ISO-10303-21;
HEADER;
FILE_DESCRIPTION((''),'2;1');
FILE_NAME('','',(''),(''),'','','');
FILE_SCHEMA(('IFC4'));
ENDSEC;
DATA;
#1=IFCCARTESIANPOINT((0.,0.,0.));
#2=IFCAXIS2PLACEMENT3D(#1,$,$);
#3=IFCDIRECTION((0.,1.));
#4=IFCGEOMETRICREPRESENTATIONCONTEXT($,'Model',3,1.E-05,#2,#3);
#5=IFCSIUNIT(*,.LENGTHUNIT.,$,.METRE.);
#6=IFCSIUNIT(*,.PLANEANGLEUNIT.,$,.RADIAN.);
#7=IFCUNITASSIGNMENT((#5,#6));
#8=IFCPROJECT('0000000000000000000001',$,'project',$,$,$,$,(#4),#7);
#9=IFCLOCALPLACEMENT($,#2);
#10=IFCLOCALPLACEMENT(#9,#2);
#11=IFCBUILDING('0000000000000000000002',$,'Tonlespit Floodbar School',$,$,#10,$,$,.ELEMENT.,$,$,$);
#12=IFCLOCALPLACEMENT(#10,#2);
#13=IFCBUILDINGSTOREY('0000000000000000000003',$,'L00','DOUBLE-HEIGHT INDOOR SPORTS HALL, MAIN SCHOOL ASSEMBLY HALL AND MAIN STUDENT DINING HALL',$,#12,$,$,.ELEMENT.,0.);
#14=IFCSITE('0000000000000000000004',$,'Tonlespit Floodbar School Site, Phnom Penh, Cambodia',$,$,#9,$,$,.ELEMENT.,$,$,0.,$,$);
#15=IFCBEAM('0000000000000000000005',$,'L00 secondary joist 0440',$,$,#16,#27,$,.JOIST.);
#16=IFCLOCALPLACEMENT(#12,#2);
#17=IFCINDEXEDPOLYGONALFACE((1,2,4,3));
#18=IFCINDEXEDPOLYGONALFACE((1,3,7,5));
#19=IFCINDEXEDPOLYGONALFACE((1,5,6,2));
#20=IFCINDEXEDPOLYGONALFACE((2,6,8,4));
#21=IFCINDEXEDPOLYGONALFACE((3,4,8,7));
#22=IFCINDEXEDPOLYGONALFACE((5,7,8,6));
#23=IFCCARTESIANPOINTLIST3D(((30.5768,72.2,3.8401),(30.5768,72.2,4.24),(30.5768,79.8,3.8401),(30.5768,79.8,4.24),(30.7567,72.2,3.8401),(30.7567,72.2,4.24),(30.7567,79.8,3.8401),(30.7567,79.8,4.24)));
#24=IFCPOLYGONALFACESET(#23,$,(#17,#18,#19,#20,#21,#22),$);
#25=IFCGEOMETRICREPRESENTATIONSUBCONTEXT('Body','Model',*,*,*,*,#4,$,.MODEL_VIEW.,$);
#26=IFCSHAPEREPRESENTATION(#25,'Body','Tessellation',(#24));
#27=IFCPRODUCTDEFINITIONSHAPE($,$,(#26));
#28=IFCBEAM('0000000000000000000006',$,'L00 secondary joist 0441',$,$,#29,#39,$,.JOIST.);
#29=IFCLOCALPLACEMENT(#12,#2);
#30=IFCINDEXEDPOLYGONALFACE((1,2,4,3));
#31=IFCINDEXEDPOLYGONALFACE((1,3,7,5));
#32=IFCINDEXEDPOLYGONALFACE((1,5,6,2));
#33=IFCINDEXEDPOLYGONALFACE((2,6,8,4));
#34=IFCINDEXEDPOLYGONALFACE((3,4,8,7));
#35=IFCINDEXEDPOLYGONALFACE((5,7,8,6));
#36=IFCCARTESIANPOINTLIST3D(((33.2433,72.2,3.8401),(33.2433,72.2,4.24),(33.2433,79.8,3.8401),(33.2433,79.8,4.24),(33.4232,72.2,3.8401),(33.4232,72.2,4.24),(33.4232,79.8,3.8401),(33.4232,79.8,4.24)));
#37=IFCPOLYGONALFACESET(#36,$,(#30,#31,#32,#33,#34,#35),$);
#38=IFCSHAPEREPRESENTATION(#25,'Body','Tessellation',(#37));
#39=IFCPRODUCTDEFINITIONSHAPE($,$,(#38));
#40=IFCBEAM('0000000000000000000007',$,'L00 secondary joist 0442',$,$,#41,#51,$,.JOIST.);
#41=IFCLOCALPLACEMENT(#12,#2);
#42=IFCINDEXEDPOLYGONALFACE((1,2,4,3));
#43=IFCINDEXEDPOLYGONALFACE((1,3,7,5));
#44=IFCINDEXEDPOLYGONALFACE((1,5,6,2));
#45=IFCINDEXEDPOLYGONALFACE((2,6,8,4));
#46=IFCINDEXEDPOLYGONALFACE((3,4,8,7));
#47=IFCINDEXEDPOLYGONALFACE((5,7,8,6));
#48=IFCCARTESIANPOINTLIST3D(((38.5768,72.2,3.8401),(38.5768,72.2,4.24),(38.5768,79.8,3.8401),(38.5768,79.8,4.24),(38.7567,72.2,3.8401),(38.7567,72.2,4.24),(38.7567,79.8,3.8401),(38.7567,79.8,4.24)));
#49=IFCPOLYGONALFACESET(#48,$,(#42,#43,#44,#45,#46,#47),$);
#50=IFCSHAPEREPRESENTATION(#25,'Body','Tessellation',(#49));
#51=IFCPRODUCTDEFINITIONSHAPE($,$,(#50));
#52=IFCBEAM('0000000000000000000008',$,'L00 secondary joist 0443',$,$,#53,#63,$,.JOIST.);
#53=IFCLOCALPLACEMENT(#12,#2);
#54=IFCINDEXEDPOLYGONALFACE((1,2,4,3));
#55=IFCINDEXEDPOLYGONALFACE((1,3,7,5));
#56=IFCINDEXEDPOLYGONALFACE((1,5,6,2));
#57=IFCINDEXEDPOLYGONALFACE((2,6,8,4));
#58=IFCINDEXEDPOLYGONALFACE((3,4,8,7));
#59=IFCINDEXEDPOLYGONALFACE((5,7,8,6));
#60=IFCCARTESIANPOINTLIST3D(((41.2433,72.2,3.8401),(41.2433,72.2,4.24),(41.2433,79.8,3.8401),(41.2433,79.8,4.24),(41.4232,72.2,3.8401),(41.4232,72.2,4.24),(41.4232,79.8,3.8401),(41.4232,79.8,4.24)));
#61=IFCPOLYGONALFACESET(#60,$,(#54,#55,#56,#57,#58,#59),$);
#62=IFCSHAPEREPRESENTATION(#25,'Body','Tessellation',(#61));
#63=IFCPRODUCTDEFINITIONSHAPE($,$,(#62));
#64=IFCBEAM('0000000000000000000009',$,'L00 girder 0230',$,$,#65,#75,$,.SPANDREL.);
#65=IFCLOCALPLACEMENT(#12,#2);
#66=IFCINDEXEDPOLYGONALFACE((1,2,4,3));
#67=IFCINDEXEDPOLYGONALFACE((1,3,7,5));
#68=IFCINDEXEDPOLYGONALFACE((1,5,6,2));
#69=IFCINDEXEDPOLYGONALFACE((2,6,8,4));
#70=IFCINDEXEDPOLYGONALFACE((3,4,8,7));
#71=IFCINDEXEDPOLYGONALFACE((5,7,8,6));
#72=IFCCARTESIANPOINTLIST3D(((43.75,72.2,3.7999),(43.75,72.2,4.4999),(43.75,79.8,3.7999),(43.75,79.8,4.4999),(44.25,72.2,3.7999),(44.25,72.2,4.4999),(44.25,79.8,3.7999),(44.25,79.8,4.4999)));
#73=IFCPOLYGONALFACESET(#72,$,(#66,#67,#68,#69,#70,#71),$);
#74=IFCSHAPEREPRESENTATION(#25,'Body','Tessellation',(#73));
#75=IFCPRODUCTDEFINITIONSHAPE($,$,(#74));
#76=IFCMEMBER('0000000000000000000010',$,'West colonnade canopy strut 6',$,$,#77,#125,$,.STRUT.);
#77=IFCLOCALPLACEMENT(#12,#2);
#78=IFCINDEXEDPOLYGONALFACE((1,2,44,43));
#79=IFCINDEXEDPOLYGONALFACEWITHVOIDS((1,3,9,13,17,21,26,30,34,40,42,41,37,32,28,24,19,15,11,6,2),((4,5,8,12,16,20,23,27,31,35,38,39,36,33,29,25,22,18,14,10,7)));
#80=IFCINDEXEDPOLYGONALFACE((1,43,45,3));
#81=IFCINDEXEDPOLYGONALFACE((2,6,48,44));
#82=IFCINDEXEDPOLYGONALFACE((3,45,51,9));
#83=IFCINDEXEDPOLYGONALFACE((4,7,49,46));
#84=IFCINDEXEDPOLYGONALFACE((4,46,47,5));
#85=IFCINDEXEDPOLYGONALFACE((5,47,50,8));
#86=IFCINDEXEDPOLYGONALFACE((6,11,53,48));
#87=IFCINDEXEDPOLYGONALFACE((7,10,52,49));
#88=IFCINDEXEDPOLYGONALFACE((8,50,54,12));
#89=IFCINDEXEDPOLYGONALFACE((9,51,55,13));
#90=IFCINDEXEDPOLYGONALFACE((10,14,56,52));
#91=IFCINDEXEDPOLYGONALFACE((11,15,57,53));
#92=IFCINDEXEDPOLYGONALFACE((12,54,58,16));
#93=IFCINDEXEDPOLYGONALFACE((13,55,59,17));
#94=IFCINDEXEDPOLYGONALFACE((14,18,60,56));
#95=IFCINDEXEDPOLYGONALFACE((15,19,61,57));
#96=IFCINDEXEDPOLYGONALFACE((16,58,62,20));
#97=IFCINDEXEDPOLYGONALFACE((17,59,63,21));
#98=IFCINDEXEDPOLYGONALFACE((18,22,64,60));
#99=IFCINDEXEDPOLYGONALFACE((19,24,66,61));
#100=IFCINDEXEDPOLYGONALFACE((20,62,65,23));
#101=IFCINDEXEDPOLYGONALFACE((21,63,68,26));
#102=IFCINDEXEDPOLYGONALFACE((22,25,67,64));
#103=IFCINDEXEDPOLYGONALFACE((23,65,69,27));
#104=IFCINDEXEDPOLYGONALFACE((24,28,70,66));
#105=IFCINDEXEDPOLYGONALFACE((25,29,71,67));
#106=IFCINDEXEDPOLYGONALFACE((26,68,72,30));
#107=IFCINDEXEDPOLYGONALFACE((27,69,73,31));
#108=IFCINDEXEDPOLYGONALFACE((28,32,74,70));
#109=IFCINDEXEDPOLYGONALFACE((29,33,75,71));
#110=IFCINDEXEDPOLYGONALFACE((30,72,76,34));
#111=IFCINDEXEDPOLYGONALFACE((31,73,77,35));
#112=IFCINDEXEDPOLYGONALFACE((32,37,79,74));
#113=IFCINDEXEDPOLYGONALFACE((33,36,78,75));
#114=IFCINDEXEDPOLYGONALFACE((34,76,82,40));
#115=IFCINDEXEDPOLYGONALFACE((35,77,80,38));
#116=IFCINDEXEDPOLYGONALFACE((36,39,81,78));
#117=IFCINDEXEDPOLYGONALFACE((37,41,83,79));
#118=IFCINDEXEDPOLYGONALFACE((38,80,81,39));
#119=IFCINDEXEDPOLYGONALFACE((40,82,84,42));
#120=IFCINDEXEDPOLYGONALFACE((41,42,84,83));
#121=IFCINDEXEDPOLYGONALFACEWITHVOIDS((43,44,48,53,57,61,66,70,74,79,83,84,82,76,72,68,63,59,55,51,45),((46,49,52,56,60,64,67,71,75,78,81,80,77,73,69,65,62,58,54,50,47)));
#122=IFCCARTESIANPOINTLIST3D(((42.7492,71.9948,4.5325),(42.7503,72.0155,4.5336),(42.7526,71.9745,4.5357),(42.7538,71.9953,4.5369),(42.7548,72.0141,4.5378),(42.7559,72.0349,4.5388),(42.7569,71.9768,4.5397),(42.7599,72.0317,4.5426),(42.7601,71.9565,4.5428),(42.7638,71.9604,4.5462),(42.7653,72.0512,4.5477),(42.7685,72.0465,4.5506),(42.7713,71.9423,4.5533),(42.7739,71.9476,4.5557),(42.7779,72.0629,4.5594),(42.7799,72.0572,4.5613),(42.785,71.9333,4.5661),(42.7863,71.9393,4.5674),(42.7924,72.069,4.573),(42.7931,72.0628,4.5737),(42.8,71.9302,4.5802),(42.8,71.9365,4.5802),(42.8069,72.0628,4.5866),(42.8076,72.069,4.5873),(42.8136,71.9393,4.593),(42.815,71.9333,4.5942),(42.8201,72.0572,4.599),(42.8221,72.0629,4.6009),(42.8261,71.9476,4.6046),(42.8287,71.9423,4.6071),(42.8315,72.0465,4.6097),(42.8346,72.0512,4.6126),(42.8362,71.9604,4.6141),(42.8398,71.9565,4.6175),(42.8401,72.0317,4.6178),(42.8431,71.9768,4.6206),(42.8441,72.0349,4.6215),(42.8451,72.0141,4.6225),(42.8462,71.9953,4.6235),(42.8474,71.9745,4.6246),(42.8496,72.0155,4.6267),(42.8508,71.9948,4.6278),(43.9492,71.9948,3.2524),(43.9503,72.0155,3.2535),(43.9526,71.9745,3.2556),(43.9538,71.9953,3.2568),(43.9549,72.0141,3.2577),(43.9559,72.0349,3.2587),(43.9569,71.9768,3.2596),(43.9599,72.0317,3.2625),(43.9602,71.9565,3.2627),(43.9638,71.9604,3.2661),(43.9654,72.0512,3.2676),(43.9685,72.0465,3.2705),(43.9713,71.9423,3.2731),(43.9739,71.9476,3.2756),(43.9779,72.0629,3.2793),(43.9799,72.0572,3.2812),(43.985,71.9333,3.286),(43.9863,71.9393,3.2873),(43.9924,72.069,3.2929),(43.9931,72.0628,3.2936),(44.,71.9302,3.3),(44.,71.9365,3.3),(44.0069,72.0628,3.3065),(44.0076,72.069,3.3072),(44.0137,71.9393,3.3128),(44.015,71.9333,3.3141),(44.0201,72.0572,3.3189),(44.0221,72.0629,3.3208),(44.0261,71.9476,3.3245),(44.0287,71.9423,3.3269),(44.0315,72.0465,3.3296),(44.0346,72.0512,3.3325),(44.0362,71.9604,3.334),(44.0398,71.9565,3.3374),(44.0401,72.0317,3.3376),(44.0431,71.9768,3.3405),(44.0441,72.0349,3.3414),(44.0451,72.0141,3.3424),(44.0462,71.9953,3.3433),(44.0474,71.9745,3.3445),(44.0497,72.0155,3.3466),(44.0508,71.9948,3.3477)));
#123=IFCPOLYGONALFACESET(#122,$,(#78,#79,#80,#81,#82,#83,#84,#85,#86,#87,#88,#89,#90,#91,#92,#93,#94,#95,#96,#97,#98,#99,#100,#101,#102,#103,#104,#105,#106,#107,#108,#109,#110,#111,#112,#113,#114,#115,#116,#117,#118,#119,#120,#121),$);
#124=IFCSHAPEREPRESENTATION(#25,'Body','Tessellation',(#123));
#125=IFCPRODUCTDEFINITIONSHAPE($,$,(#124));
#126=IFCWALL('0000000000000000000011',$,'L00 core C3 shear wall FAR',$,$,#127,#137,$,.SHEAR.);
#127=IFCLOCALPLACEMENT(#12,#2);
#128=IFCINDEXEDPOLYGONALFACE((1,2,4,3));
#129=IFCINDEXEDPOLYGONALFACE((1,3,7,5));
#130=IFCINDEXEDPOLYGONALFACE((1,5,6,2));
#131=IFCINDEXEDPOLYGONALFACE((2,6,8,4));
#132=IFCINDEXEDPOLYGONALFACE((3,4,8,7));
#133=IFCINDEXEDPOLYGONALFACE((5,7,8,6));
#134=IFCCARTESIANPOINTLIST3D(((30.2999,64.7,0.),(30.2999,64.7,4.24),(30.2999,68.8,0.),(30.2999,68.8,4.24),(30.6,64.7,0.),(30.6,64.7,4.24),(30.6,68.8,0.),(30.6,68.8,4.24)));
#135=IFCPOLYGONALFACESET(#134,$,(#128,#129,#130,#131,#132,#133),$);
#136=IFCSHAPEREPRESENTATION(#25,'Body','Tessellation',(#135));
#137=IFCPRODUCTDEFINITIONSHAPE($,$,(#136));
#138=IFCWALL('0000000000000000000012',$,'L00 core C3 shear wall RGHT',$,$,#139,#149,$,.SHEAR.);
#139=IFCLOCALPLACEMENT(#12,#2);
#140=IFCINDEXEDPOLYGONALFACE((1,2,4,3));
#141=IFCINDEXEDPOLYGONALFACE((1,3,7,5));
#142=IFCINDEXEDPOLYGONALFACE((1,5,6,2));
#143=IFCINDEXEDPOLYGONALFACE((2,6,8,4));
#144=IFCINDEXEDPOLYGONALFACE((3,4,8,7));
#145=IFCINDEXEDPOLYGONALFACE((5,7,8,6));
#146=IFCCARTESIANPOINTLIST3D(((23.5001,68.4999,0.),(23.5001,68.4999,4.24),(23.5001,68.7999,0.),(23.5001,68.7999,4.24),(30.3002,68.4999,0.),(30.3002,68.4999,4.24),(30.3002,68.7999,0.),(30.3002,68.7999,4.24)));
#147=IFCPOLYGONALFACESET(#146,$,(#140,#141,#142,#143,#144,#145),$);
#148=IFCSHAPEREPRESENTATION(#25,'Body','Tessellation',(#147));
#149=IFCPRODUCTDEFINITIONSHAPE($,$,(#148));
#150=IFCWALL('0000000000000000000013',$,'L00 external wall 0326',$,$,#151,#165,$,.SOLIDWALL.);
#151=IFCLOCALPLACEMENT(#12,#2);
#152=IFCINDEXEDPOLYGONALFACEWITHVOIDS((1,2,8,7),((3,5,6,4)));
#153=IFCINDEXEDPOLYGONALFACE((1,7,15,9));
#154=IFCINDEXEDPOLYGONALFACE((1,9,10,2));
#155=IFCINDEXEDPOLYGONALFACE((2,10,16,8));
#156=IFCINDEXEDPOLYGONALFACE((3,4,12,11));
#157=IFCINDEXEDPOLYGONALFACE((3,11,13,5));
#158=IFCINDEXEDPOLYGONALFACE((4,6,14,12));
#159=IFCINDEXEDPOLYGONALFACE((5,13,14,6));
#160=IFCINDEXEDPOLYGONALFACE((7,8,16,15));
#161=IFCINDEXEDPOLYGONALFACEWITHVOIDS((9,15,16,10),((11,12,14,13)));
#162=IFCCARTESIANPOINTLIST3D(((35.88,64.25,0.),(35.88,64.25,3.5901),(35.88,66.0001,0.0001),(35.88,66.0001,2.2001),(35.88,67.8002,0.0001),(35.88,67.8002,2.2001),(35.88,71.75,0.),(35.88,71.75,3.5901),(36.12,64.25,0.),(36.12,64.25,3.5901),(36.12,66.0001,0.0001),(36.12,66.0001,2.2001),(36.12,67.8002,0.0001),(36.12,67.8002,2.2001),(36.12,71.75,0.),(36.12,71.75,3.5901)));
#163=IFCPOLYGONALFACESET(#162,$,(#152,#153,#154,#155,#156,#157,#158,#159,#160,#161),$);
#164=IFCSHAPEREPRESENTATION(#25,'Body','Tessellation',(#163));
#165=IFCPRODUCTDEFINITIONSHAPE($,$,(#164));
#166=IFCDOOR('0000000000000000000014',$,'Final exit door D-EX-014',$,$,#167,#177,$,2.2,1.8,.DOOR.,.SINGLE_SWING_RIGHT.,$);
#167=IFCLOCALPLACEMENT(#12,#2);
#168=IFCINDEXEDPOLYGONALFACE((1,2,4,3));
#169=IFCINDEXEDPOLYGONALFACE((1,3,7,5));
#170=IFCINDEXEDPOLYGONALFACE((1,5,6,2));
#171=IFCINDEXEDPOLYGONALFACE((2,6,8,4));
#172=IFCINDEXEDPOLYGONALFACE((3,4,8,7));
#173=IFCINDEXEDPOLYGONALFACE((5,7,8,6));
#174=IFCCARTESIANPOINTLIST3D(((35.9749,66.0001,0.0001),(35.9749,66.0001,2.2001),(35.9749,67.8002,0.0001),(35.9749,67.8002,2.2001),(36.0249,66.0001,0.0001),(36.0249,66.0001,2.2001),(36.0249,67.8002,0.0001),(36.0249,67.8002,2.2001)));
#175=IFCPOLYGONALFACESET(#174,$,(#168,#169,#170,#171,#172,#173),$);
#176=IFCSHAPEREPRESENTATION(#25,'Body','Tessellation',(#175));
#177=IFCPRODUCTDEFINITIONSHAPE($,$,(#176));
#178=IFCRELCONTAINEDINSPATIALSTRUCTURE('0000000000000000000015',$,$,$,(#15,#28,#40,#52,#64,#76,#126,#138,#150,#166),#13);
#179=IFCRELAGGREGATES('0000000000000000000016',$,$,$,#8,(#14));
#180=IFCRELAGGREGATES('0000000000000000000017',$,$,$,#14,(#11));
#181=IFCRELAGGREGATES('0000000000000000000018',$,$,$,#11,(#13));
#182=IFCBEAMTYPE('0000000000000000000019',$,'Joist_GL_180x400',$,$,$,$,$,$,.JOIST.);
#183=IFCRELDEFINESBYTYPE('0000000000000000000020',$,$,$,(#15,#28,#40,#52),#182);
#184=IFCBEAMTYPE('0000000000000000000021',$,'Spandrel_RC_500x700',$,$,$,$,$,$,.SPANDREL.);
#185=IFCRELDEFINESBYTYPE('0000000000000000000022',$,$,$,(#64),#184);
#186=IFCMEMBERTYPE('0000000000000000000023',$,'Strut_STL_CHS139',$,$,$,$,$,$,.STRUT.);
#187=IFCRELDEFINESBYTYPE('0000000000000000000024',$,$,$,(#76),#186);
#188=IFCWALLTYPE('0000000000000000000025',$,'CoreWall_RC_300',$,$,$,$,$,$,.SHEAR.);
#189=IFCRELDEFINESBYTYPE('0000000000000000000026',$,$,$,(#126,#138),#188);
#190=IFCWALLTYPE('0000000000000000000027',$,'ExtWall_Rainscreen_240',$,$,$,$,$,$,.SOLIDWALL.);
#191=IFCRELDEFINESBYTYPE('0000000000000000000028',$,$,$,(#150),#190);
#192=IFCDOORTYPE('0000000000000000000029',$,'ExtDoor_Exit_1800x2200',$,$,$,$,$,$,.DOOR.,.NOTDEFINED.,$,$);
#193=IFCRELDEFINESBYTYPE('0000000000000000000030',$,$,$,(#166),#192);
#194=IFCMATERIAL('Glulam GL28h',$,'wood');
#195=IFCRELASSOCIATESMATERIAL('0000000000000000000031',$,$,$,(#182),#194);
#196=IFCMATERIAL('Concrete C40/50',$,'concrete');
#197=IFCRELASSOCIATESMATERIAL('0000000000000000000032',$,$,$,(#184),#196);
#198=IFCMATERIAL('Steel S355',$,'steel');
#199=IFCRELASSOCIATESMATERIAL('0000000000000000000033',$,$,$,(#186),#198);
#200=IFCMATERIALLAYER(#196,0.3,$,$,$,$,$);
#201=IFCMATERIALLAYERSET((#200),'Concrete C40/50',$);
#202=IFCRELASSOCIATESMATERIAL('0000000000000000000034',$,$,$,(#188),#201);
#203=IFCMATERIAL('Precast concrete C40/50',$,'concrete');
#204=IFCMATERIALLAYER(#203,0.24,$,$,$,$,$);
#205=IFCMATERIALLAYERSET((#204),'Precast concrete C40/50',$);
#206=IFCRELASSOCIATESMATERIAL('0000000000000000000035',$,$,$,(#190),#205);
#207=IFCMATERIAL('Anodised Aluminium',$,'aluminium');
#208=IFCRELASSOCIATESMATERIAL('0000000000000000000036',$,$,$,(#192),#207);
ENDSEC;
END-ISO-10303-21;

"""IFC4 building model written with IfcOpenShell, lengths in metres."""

from ifc_helpers import new_model, si_unit, direction, frame, frame_2d, origin, origin_2d, place, context, subcontext, project, spatial, rectangle, hollow_circle, extrude, material, layer, layer_set, material_profile, profile_set, type_object, element, fill, save


model = new_model("IFC4")

# Units and contexts
model_context = context("Model", 3, precision=1e-05, world=origin(), true_north=direction((0.0, 1.0)))
body_context = subcontext(model_context, "Body", "Model", "MODEL_VIEW")
ifc_project = project(units=[si_unit("LENGTHUNIT", "METRE"), si_unit("PLANEANGLEUNIT", "RADIAN")], contexts=[model_context])

# Site, building, storey
site_placement = place(None, origin())
site = spatial("IfcSite", under=ifc_project, at=site_placement, Name="Tonlespit Floodbar School Site, Phnom Penh, Cambodia", CompositionType="ELEMENT", RefElevation=0.0)
building_placement = place(site_placement, origin())
building = spatial("IfcBuilding", under=site, at=building_placement, Name="Tonlespit Floodbar School", CompositionType="ELEMENT")
storey_placement = place(building_placement, origin())
storey = spatial("IfcBuildingStorey", under=building, at=storey_placement, Name="L00", Description="DOUBLE-HEIGHT INDOOR SPORTS HALL, MAIN SCHOOL ASSEMBLY HALL AND MAIN STUDENT DINING HALL", CompositionType="ELEMENT", Elevation=0.0)

# Shared definitions
ifc_material_1 = material(Name="Concrete C40/50", Category="concrete")

# Beams
ifc_material_2 = material(Name="Glulam GL28h", Category="wood")
ifc_material_profile_1 = material_profile(ifc_material_2, rectangle(XDim=0.1799, YDim=0.3999, at=origin_2d()), Name="GL 180x400")
ifc_profile_set_1 = profile_set([ifc_material_profile_1], Name="Glulam GL28h")
beam_type_1 = type_object("IfcBeamType", Name="Joist_GL_180x400", PredefinedType="JOIST", material=ifc_profile_set_1)
for number, where, z_axis, x_axis, name in (
    (1, (30.6667, 72.2, 4.04), (0.0, 1.0, 0.0), (-1.0, 0.0, 0.0), "L00 secondary joist 0440"),
    (2, (33.3333, 72.2, 4.04), (0.0, 1.0, 0.0), (-1.0, 0.0, 0.0), "L00 secondary joist 0441"),
    (3, (38.6667, 72.2, 4.04), (0.0, 1.0, 0.0), (-1.0, 0.0, 0.0), "L00 secondary joist 0442"),
    (4, (41.3333, 72.2, 4.04), (0.0, 1.0, 0.0), (-1.0, 0.0, 0.0), "L00 secondary joist 0443"),
):
    element("IfcBeam", number, at=place(storey_placement, frame(where, z_axis=z_axis, x_axis=x_axis)), inside=storey, type_object=beam_type_1, Name=name, PredefinedType="JOIST", context=body_context, shape_type="SweptSolid", body=[
        extrude(rectangle(XDim=0.1799, YDim=0.3999, at=origin_2d()), origin(), (0.0, 0.0, 1.0), 7.6001),
    ])
ifc_material_profile_2 = material_profile(ifc_material_1, rectangle(XDim=0.5, YDim=0.7, at=origin_2d()), Name="RC 500x700")
ifc_profile_set_2 = profile_set([ifc_material_profile_2], Name="Concrete C40/50")
beam_type_2 = type_object("IfcBeamType", Name="Spandrel_RC_500x700", PredefinedType="SPANDREL", material=ifc_profile_set_2)
beam_1_placement = place(storey_placement, frame((44.0, 72.2, 4.1499), z_axis=(0.0, 1.0, 0.0), x_axis=(-1.0, 0.0, 0.0)))
element("IfcBeam", 5, at=beam_1_placement, inside=storey, type_object=beam_type_2, Name="L00 girder 0230", PredefinedType="SPANDREL", context=body_context, shape_type="SweptSolid", body=[
    extrude(rectangle(XDim=0.5, YDim=0.7, at=origin_2d()), origin(), (0.0, 0.0, 1.0), 7.6001),
])

# Member
ifc_material_3 = material(Name="Steel S355", Category="steel")
ifc_material_profile_3 = material_profile(ifc_material_3, hollow_circle(Radius=0.0698, WallThickness=0.0063, at=origin_2d()), Name="CHS 139.7x6.3")
ifc_profile_set_3 = profile_set([ifc_material_profile_3], Name="Steel S355")
member_type = type_object("IfcMemberType", Name="Strut_STL_CHS139", PredefinedType="STRUT", material=ifc_profile_set_3)
member_placement = place(storey_placement, frame((44.0, 72.0, 3.3), z_axis=(-0.683918, 0.0, 0.729559), x_axis=(0.0, -1.0, 0.0)))
element("IfcMember", 6, at=member_placement, inside=storey, type_object=member_type, Name="West colonnade canopy strut 6", PredefinedType="STRUT", context=body_context, shape_type="SweptSolid", body=[
    extrude(hollow_circle(Radius=0.0698, WallThickness=0.0063, at=origin_2d()), origin(), (0.0, 0.0, 1.0), 1.7546),
])

# Walls
ifc_layer_1 = layer(ifc_material_1, 0.3)
ifc_layer_set_1 = layer_set([ifc_layer_1], Name="Concrete C40/50")
wall_type_1 = type_object("IfcWallType", Name="CoreWall_RC_300", PredefinedType="SHEAR", material=ifc_layer_set_1)
wall_1_placement = place(storey_placement, frame((30.45, 68.8, 0.0), z_axis=(0.0, 0.0, 1.0), x_axis=(0.0, -1.0, 0.0)))
element("IfcWall", 7, at=wall_1_placement, inside=storey, type_object=wall_type_1, Name="L00 core C3 shear wall FAR", PredefinedType="SHEAR", context=body_context, shape_type="SweptSolid", body=[
    extrude(rectangle(XDim=4.1001, YDim=0.3, at=frame_2d((2.05, 0.0))), origin(), (0.0, 0.0, 1.0), 4.24),
])
wall_2_placement = place(storey_placement, frame((30.3, 68.6499, 0.0), z_axis=(0.0, 0.0, 1.0), x_axis=(-1.0, 0.0, 0.0)))
element("IfcWall", 8, at=wall_2_placement, inside=storey, type_object=wall_type_1, Name="L00 core C3 shear wall RGHT", PredefinedType="SHEAR", context=body_context, shape_type="SweptSolid", body=[
    extrude(rectangle(XDim=6.8, YDim=0.3, at=frame_2d((3.3999, 0.0))), origin(), (0.0, 0.0, 1.0), 4.24),
])

# Wall, opening, door
ifc_material_4 = material(Name="Precast concrete C40/50", Category="concrete")
ifc_layer_2 = layer(ifc_material_4, 0.24)
ifc_layer_set_2 = layer_set([ifc_layer_2], Name="Precast concrete C40/50")
wall_type_2 = type_object("IfcWallType", Name="ExtWall_Rainscreen_240", PredefinedType="SOLIDWALL", material=ifc_layer_set_2)
wall_3_placement = place(storey_placement, frame((36.0, 71.75, 0.0), z_axis=(0.0, 0.0, 1.0), x_axis=(0.0, -1.0, 0.0)))
wall_3 = element("IfcWall", 9, at=wall_3_placement, inside=storey, type_object=wall_type_2, Name="L00 external wall 0326", PredefinedType="SOLIDWALL", context=body_context, shape_type="SweptSolid", body=[
    extrude(rectangle(XDim=7.5, YDim=0.24, at=frame_2d((3.75, 0.0))), origin(), (0.0, 0.0, 1.0), 3.5901),
])
opening_1_placement = place(wall_3_placement, frame((3.95, 0.0, 0.0)))
opening_1 = element("IfcOpeningElement", 10, at=opening_1_placement, cuts=wall_3, PredefinedType="OPENING", context=body_context, shape_type="SweptSolid", body=[
    extrude(rectangle(XDim=1.8, YDim=2.2, at=frame_2d((0.8999, 1.1001))), frame((0.0, 0.1299, 0.0), z_axis=(0.0, -1.0, 0.0), x_axis=(1.0, 0.0, 0.0)), (0.0, 0.0, 1.0), 0.26),
])
ifc_material_5 = material(Name="Anodised Aluminium", Category="aluminium")
door_type_1 = type_object("IfcDoorType", Name="ExtDoor_Exit_1800x2200", OperationType="NOTDEFINED", PredefinedType="DOOR", material=ifc_material_5)
door_1_placement = place(opening_1_placement, origin())
door_1 = element("IfcDoor", 11, at=door_1_placement, inside=storey, type_object=door_type_1, Name="Final exit door D-EX-014", OperationType="SINGLE_SWING_RIGHT", OverallHeight=2.2, OverallWidth=1.8, PredefinedType="DOOR", context=body_context, shape_type="SweptSolid", body=[
    extrude(rectangle(XDim=1.8, YDim=2.2, at=frame_2d((0.8999, 1.1001))), frame((0.0, 0.0249, 0.0), z_axis=(0.0, -1.0, 0.0), x_axis=(1.0, 0.0, 0.0)), (0.0, 0.0, 1.0), 0.05),
])
fill(opening_1, door_1)

save(model, "model.ifc")
